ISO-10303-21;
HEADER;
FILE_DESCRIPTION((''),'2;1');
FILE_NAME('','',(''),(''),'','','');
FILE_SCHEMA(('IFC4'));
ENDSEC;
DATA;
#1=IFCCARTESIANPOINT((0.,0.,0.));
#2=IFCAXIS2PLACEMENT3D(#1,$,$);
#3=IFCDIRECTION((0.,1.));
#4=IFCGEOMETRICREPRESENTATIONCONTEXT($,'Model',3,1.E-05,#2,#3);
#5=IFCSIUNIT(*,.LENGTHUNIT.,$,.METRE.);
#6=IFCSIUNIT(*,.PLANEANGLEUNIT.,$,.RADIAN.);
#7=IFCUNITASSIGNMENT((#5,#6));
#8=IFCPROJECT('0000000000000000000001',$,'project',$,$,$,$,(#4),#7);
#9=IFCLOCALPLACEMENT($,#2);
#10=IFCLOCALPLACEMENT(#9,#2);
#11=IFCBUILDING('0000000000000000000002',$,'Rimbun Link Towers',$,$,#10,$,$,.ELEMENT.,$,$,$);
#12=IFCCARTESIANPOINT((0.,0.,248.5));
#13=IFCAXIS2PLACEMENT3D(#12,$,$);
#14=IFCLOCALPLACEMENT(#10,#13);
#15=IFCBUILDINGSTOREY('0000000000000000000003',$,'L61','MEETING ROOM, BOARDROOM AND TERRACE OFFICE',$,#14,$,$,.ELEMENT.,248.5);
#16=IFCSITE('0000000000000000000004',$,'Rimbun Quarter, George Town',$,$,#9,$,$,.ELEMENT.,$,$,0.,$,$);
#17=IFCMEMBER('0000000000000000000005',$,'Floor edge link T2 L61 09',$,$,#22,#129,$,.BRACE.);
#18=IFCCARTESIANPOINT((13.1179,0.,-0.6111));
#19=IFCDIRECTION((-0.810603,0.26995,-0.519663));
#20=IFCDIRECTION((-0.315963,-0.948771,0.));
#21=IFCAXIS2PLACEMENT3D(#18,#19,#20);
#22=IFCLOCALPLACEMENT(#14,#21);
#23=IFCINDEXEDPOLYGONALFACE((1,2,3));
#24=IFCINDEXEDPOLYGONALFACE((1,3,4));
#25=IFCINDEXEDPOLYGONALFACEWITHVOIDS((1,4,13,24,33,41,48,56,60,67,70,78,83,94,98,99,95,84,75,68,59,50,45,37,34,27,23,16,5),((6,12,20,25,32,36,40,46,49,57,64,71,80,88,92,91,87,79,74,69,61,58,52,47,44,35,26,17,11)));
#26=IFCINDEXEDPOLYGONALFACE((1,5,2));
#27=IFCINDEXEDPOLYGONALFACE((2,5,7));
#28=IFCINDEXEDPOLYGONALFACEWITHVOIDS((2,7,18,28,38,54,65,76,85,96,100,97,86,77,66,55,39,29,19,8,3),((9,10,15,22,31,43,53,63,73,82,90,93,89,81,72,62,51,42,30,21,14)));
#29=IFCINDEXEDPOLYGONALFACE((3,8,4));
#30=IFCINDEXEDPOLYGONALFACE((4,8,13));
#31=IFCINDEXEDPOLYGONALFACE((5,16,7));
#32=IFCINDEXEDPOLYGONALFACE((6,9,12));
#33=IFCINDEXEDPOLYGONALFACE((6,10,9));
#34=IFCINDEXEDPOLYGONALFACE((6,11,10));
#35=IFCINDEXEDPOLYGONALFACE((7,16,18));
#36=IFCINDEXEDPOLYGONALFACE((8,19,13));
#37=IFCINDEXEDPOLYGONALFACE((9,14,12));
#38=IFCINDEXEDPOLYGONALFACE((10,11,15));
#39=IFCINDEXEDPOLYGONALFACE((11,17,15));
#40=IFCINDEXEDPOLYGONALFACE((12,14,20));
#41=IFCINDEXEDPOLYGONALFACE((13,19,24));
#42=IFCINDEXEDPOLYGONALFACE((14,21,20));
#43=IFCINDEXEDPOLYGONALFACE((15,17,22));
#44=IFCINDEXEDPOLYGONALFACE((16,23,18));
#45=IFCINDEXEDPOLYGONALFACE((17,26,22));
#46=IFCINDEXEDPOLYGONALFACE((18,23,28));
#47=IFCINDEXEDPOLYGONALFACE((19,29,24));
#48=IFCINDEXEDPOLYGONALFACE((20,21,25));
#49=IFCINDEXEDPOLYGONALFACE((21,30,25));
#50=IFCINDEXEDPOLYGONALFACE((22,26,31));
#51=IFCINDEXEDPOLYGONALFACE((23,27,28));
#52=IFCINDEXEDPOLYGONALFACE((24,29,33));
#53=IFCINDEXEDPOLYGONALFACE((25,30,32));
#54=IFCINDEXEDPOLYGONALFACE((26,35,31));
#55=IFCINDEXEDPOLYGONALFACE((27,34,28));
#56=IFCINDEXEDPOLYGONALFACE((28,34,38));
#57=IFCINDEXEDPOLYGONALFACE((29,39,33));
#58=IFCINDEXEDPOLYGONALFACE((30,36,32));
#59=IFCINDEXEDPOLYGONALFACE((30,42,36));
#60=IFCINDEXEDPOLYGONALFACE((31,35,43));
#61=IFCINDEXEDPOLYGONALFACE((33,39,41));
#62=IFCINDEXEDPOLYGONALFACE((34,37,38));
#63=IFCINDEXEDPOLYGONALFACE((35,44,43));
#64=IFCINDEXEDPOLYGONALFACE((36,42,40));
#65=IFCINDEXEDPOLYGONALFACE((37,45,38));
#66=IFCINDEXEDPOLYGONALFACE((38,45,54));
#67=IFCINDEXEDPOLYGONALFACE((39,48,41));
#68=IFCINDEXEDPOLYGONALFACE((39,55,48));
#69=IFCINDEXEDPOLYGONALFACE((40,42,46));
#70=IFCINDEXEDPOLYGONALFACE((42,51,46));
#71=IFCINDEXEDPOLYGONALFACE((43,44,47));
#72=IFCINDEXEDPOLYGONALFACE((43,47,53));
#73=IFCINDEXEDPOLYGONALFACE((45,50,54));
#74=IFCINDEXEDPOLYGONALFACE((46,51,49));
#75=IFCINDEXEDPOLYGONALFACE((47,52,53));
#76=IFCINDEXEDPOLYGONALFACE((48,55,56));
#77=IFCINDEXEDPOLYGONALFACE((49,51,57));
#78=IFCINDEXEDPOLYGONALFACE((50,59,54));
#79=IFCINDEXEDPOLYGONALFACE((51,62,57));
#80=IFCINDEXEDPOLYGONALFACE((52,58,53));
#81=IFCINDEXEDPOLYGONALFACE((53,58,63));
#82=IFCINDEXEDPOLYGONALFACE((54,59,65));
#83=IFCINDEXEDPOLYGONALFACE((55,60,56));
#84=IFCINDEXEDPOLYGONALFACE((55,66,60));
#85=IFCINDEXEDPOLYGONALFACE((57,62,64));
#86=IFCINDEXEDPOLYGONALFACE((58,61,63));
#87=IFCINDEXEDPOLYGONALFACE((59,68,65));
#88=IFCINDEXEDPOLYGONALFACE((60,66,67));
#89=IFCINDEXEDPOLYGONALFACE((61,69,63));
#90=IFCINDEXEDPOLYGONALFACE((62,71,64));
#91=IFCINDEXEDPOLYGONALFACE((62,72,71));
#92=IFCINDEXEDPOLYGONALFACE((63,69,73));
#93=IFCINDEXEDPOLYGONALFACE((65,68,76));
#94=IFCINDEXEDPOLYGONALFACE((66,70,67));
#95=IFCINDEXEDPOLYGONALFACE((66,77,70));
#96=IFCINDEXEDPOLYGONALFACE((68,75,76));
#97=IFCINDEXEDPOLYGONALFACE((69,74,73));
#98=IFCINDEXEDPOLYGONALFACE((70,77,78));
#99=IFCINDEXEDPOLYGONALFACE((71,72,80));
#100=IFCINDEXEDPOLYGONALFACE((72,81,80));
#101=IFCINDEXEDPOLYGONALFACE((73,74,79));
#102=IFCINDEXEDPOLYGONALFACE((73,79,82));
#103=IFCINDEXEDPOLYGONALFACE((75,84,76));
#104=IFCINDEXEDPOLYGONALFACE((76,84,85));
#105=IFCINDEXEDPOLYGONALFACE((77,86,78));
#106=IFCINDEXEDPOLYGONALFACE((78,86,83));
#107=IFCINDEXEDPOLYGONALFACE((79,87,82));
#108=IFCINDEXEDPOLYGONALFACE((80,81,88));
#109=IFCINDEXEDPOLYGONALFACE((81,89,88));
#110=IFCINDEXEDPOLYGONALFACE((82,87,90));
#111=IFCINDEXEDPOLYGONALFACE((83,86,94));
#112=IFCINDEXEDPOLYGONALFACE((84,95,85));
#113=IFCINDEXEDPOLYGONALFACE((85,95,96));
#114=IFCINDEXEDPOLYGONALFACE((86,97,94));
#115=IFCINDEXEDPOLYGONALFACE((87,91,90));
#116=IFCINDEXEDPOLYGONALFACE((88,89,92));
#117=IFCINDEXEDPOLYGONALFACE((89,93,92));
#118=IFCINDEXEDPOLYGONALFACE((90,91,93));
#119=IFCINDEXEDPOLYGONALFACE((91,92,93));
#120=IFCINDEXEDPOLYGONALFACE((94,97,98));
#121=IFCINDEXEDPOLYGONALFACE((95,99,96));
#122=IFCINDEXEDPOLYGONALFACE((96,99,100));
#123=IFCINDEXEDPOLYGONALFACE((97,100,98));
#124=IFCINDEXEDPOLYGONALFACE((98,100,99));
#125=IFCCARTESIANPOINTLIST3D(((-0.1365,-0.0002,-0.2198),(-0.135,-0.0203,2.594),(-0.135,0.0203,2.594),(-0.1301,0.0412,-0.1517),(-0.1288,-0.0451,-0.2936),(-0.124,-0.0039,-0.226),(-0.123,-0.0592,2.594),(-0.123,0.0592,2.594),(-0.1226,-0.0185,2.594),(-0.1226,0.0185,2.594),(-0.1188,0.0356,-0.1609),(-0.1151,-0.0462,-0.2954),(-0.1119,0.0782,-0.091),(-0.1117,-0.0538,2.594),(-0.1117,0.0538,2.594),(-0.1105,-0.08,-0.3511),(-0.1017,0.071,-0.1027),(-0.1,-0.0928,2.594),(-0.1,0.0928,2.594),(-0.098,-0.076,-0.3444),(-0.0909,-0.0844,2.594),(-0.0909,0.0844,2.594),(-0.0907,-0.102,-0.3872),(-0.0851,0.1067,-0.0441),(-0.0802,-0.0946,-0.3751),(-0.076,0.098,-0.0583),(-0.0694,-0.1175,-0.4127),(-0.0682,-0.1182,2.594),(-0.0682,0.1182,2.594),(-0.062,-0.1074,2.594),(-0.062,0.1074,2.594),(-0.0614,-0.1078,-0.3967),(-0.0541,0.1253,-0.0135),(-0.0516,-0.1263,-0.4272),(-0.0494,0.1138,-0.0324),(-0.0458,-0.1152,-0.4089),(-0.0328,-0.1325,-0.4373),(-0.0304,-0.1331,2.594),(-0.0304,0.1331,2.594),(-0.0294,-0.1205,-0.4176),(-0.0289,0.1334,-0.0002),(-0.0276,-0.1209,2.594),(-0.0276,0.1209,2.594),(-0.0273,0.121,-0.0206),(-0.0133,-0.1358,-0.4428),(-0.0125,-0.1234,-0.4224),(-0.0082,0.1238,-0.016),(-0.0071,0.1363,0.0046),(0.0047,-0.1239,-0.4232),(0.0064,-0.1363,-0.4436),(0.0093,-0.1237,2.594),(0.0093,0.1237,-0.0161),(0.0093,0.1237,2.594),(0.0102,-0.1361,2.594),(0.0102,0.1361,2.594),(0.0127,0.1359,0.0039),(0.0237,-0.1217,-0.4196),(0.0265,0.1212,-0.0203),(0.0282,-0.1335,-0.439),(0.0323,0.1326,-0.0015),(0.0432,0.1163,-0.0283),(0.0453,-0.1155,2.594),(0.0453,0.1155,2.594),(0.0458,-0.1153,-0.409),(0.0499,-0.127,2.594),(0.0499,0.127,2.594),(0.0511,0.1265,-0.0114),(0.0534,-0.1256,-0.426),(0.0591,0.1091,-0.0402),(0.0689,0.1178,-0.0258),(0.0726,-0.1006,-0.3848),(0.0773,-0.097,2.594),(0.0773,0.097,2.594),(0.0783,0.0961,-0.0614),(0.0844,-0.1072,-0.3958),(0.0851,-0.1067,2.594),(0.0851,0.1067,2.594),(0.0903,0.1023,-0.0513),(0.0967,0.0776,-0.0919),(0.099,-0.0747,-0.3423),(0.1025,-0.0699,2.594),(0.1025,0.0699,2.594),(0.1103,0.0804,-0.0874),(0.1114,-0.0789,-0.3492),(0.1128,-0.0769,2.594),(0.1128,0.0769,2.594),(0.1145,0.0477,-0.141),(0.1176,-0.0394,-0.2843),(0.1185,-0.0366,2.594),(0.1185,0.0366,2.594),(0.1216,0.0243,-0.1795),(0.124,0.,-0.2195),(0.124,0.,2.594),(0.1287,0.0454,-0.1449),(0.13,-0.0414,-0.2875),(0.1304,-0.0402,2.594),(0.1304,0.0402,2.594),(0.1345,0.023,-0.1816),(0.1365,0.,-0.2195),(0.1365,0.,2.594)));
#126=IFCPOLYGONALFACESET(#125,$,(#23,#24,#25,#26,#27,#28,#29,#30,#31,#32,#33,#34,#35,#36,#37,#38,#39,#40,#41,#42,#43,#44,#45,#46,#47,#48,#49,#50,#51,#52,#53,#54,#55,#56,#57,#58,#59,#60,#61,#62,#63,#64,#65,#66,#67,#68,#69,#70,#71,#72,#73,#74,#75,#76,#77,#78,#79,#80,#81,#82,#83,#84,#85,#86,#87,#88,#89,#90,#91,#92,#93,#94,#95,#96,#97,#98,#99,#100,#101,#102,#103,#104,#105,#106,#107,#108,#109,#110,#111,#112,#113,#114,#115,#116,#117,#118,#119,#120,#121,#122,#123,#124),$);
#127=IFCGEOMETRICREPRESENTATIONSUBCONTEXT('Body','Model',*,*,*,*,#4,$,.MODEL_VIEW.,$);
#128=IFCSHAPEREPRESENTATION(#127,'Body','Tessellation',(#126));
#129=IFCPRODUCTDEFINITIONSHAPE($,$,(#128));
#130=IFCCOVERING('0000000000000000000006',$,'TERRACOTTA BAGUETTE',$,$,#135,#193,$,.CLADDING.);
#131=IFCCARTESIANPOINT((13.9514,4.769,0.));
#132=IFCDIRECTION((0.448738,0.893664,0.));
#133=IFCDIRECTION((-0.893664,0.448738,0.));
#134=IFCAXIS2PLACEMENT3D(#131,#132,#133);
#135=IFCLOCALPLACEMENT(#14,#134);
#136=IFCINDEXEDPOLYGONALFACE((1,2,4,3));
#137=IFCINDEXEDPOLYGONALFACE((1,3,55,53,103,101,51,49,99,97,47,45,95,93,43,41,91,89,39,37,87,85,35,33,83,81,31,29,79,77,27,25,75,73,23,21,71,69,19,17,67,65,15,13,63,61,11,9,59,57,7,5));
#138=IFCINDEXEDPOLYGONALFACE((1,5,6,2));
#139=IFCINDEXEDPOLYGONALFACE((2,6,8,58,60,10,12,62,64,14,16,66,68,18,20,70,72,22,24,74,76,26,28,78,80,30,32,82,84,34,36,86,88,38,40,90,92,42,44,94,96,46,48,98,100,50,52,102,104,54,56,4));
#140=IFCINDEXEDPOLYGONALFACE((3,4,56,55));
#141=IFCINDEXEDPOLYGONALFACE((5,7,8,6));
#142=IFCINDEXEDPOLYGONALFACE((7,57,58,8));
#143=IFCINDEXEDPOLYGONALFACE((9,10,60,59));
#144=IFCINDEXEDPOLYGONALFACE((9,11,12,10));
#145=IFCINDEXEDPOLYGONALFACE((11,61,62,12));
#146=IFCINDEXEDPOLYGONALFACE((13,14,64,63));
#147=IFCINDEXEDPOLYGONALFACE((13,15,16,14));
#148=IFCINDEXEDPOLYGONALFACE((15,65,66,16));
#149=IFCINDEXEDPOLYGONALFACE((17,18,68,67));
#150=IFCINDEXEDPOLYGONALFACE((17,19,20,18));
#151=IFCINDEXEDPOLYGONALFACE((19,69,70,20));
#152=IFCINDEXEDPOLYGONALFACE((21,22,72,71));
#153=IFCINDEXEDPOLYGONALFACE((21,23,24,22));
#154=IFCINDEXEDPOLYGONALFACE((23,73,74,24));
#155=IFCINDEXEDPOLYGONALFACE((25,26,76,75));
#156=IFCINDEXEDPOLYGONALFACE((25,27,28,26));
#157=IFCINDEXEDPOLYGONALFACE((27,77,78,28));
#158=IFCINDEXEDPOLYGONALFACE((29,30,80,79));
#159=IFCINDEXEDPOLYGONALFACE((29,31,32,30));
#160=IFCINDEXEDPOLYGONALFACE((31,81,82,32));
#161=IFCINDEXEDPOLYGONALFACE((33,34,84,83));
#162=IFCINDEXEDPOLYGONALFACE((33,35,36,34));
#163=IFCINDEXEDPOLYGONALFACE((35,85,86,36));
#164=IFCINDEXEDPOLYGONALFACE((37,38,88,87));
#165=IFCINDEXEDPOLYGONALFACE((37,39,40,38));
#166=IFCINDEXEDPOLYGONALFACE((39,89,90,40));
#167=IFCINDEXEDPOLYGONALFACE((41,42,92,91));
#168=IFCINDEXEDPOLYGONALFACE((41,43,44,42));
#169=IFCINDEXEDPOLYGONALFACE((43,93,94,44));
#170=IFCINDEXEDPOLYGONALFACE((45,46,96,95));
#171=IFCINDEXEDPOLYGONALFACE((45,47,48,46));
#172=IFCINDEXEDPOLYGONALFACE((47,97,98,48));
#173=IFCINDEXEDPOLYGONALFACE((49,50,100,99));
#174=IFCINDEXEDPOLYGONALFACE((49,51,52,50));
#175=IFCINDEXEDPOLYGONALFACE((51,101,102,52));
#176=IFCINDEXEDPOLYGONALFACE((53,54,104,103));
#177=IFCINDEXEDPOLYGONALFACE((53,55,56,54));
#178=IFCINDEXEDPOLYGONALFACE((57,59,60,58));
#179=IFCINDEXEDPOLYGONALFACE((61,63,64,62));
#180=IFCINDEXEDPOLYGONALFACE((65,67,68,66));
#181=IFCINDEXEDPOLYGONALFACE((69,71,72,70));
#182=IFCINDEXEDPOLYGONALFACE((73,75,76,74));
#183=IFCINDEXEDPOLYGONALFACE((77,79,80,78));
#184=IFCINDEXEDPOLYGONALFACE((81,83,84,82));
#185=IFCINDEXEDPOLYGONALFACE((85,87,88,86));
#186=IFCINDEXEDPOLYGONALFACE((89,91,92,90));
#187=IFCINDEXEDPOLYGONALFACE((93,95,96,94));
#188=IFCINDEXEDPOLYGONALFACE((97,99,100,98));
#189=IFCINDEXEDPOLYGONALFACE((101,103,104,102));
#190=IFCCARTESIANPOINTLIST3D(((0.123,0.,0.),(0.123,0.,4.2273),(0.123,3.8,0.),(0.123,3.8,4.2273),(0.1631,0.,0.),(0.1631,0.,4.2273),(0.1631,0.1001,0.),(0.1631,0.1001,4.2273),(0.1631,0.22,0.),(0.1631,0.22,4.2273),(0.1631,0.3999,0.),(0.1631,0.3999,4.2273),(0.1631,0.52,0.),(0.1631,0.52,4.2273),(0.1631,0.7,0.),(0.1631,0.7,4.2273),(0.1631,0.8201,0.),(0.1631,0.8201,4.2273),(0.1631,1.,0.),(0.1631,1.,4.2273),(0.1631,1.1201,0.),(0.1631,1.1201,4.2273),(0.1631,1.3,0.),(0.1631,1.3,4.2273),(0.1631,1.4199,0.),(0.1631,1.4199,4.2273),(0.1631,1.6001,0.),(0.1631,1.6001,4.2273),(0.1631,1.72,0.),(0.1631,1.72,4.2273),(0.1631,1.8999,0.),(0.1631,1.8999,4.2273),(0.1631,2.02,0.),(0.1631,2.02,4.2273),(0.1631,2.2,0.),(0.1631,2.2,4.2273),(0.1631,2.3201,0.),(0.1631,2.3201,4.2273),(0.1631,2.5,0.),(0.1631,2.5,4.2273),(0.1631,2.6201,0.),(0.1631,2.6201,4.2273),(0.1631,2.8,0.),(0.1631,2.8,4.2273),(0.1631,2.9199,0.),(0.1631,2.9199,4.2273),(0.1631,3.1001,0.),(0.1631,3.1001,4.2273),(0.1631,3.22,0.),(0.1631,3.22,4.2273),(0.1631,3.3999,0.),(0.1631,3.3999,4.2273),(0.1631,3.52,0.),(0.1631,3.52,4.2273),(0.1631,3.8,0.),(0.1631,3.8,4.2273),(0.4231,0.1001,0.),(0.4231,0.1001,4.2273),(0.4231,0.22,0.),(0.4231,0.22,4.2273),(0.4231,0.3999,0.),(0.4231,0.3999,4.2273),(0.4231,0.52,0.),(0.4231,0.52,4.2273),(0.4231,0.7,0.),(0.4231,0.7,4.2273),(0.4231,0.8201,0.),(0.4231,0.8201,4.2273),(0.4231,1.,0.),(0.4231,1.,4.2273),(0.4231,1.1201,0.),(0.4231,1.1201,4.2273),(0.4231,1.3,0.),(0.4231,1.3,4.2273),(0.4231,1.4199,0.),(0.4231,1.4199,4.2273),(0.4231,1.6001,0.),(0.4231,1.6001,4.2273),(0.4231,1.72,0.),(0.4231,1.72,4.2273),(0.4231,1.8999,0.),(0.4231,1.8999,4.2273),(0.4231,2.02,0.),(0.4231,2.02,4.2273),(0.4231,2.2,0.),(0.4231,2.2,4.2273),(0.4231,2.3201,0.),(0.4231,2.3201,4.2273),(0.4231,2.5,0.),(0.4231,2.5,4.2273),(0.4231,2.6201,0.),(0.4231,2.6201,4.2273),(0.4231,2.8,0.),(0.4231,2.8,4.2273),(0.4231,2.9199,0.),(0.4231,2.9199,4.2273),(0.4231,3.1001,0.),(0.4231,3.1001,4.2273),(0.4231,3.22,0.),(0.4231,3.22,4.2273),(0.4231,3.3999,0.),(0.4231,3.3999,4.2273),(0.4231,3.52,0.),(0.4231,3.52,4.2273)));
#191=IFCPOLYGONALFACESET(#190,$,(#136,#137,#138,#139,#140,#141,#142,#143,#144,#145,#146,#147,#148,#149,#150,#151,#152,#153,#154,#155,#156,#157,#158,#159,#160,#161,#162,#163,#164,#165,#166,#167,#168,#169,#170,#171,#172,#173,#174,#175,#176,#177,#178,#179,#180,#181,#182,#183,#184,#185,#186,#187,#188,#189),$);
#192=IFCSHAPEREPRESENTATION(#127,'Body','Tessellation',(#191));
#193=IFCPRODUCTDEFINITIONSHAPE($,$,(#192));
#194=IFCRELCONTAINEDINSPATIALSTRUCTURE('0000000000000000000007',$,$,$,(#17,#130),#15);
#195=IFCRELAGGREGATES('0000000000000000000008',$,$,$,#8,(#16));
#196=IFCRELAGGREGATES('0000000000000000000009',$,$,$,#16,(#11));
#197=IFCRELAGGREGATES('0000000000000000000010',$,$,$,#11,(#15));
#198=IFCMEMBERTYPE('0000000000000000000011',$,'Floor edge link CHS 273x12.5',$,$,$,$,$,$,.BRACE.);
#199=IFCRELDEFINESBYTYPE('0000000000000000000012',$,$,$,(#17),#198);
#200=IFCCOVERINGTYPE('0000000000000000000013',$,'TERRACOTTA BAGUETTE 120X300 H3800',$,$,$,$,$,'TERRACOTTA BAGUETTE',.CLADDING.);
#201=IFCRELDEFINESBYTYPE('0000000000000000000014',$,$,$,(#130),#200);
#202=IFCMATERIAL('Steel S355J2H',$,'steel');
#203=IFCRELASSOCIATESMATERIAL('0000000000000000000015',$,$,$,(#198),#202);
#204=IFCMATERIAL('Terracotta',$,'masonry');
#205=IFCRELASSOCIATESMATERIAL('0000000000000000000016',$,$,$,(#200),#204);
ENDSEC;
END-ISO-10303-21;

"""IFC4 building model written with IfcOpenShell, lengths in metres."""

from ifc_helpers import new_model, si_unit, direction, frame, origin, origin_2d, place, context, subcontext, project, spatial, polyline, hollow_circle, outline, extrude, clip, halfspace, material, material_profile, profile_set, type_object, element, save


model = new_model("IFC4")

# Units and contexts
model_context = context("Model", 3, precision=1e-05, world=origin(), true_north=direction((0.0, 1.0)))
body_context = subcontext(model_context, "Body", "Model", "MODEL_VIEW")
ifc_project = project(units=[si_unit("LENGTHUNIT", "METRE"), si_unit("PLANEANGLEUNIT", "RADIAN")], contexts=[model_context])

# Site, building, storey
site_placement = place(None, origin())
site = spatial("IfcSite", under=ifc_project, at=site_placement, Name="Rimbun Quarter, George Town", CompositionType="ELEMENT", RefElevation=0.0)
building_placement = place(site_placement, origin())
building = spatial("IfcBuilding", under=site, at=building_placement, Name="Rimbun Link Towers", CompositionType="ELEMENT")
storey_placement = place(building_placement, frame((0.0, 0.0, 248.5)))
storey = spatial("IfcBuildingStorey", under=building, at=storey_placement, Name="L61", Description="MEETING ROOM, BOARDROOM AND TERRACE OFFICE", CompositionType="ELEMENT", Elevation=248.5)

# Member
ifc_material_1 = material(Name="Steel S355J2H", Category="steel")
ifc_material_profile_1 = material_profile(ifc_material_1, hollow_circle(Radius=0.1365, WallThickness=0.0125, at=origin_2d()), Name="CHS 273x12.5")
ifc_profile_set_1 = profile_set([ifc_material_profile_1], Name="Steel S355J2H")
member_type_1 = type_object("IfcMemberType", Name="Floor edge link CHS 273x12.5", PredefinedType="BRACE", material=ifc_profile_set_1)
member_1_placement = place(storey_placement, frame((13.1179, 0.0, -0.6111), z_axis=(-0.810603, 0.26995, -0.519663), x_axis=(-0.315963, -0.948771, 0.0)))
element("IfcMember", 1, at=member_1_placement, inside=storey, type_object=member_type_1, Name="Floor edge link T2 L61 09", PredefinedType="BRACE", context=body_context, shape_type="Clipping", body=[
    clip(extrude(hollow_circle(Radius=0.1365, WallThickness=0.0125, at=origin_2d()), frame((0.0, 0.0, -0.468)), (0.0, 0.0, 1.0), 3.062), halfspace(frame((0.0, 0.0, -0.2195), z_axis=(0.0, 0.854371, -0.519663)), False)),
])

# Covering
ifc_material_2 = material(Name="Terracotta", Category="masonry")
ifc_material_profile_2 = material_profile(ifc_material_2, outline(polyline([(0.123, 0.0), (0.1631, 0.0), (0.1631, 0.1001), (0.4231, 0.1001), (0.4231, 0.22), (0.1631, 0.22), (0.1631, 0.3999), (0.4231, 0.3999), (0.4231, 0.52), (0.1631, 0.52), (0.1631, 0.7), (0.4231, 0.7), (0.4231, 0.8201), (0.1631, 0.8201), (0.1631, 1.0), (0.4231, 1.0), (0.4231, 1.1201), (0.1631, 1.1201), (0.1631, 1.3), (0.4231, 1.3), (0.4231, 1.4199), (0.1631, 1.4199), (0.1631, 1.6001), (0.4231, 1.6001), (0.4231, 1.72), (0.1631, 1.72), (0.1631, 1.8999), (0.4231, 1.8999), (0.4231, 2.02), (0.1631, 2.02), (0.1631, 2.2), (0.4231, 2.2), (0.4231, 2.3201), (0.1631, 2.3201), (0.1631, 2.5), (0.4231, 2.5), (0.4231, 2.6201), (0.1631, 2.6201), (0.1631, 2.8), (0.4231, 2.8), (0.4231, 2.9199), (0.1631, 2.9199), (0.1631, 3.1001), (0.4231, 3.1001), (0.4231, 3.22), (0.1631, 3.22), (0.1631, 3.3999), (0.4231, 3.3999), (0.4231, 3.52), (0.1631, 3.52), (0.1631, 3.8), (0.123, 3.8), (0.123, 0.0)])), Name="BAGUETTE 120X300")
ifc_profile_set_2 = profile_set([ifc_material_profile_2], Name="Terracotta")
covering_type = type_object("IfcCoveringType", Name="TERRACOTTA BAGUETTE 120X300 H3800", ElementType="TERRACOTTA BAGUETTE", PredefinedType="CLADDING", material=ifc_profile_set_2)
covering_1_placement = place(storey_placement, frame((13.9514, 4.769, 0.0), z_axis=(0.448738, 0.893664, 0.0), x_axis=(-0.893664, 0.448738, 0.0)))
element("IfcCovering", 2, at=covering_1_placement, inside=storey, type_object=covering_type, Name="TERRACOTTA BAGUETTE", PredefinedType="CLADDING", context=body_context, shape_type="SweptSolid", body=[
    extrude(outline(polyline([(0.123, 0.0), (0.1631, 0.0), (0.1631, 0.1001), (0.4231, 0.1001), (0.4231, 0.22), (0.1631, 0.22), (0.1631, 0.3999), (0.4231, 0.3999), (0.4231, 0.52), (0.1631, 0.52), (0.1631, 0.7), (0.4231, 0.7), (0.4231, 0.8201), (0.1631, 0.8201), (0.1631, 1.0), (0.4231, 1.0), (0.4231, 1.1201), (0.1631, 1.1201), (0.1631, 1.3), (0.4231, 1.3), (0.4231, 1.4199), (0.1631, 1.4199), (0.1631, 1.6001), (0.4231, 1.6001), (0.4231, 1.72), (0.1631, 1.72), (0.1631, 1.8999), (0.4231, 1.8999), (0.4231, 2.02), (0.1631, 2.02), (0.1631, 2.2), (0.4231, 2.2), (0.4231, 2.3201), (0.1631, 2.3201), (0.1631, 2.5), (0.4231, 2.5), (0.4231, 2.6201), (0.1631, 2.6201), (0.1631, 2.8), (0.4231, 2.8), (0.4231, 2.9199), (0.1631, 2.9199), (0.1631, 3.1001), (0.4231, 3.1001), (0.4231, 3.22), (0.1631, 3.22), (0.1631, 3.3999), (0.4231, 3.3999), (0.4231, 3.52), (0.1631, 3.52), (0.1631, 3.8), (0.123, 3.8), (0.123, 0.0)])), origin(), (0.0, 0.0, 1.0), 4.2273),
])

save(model, "model.ifc")
